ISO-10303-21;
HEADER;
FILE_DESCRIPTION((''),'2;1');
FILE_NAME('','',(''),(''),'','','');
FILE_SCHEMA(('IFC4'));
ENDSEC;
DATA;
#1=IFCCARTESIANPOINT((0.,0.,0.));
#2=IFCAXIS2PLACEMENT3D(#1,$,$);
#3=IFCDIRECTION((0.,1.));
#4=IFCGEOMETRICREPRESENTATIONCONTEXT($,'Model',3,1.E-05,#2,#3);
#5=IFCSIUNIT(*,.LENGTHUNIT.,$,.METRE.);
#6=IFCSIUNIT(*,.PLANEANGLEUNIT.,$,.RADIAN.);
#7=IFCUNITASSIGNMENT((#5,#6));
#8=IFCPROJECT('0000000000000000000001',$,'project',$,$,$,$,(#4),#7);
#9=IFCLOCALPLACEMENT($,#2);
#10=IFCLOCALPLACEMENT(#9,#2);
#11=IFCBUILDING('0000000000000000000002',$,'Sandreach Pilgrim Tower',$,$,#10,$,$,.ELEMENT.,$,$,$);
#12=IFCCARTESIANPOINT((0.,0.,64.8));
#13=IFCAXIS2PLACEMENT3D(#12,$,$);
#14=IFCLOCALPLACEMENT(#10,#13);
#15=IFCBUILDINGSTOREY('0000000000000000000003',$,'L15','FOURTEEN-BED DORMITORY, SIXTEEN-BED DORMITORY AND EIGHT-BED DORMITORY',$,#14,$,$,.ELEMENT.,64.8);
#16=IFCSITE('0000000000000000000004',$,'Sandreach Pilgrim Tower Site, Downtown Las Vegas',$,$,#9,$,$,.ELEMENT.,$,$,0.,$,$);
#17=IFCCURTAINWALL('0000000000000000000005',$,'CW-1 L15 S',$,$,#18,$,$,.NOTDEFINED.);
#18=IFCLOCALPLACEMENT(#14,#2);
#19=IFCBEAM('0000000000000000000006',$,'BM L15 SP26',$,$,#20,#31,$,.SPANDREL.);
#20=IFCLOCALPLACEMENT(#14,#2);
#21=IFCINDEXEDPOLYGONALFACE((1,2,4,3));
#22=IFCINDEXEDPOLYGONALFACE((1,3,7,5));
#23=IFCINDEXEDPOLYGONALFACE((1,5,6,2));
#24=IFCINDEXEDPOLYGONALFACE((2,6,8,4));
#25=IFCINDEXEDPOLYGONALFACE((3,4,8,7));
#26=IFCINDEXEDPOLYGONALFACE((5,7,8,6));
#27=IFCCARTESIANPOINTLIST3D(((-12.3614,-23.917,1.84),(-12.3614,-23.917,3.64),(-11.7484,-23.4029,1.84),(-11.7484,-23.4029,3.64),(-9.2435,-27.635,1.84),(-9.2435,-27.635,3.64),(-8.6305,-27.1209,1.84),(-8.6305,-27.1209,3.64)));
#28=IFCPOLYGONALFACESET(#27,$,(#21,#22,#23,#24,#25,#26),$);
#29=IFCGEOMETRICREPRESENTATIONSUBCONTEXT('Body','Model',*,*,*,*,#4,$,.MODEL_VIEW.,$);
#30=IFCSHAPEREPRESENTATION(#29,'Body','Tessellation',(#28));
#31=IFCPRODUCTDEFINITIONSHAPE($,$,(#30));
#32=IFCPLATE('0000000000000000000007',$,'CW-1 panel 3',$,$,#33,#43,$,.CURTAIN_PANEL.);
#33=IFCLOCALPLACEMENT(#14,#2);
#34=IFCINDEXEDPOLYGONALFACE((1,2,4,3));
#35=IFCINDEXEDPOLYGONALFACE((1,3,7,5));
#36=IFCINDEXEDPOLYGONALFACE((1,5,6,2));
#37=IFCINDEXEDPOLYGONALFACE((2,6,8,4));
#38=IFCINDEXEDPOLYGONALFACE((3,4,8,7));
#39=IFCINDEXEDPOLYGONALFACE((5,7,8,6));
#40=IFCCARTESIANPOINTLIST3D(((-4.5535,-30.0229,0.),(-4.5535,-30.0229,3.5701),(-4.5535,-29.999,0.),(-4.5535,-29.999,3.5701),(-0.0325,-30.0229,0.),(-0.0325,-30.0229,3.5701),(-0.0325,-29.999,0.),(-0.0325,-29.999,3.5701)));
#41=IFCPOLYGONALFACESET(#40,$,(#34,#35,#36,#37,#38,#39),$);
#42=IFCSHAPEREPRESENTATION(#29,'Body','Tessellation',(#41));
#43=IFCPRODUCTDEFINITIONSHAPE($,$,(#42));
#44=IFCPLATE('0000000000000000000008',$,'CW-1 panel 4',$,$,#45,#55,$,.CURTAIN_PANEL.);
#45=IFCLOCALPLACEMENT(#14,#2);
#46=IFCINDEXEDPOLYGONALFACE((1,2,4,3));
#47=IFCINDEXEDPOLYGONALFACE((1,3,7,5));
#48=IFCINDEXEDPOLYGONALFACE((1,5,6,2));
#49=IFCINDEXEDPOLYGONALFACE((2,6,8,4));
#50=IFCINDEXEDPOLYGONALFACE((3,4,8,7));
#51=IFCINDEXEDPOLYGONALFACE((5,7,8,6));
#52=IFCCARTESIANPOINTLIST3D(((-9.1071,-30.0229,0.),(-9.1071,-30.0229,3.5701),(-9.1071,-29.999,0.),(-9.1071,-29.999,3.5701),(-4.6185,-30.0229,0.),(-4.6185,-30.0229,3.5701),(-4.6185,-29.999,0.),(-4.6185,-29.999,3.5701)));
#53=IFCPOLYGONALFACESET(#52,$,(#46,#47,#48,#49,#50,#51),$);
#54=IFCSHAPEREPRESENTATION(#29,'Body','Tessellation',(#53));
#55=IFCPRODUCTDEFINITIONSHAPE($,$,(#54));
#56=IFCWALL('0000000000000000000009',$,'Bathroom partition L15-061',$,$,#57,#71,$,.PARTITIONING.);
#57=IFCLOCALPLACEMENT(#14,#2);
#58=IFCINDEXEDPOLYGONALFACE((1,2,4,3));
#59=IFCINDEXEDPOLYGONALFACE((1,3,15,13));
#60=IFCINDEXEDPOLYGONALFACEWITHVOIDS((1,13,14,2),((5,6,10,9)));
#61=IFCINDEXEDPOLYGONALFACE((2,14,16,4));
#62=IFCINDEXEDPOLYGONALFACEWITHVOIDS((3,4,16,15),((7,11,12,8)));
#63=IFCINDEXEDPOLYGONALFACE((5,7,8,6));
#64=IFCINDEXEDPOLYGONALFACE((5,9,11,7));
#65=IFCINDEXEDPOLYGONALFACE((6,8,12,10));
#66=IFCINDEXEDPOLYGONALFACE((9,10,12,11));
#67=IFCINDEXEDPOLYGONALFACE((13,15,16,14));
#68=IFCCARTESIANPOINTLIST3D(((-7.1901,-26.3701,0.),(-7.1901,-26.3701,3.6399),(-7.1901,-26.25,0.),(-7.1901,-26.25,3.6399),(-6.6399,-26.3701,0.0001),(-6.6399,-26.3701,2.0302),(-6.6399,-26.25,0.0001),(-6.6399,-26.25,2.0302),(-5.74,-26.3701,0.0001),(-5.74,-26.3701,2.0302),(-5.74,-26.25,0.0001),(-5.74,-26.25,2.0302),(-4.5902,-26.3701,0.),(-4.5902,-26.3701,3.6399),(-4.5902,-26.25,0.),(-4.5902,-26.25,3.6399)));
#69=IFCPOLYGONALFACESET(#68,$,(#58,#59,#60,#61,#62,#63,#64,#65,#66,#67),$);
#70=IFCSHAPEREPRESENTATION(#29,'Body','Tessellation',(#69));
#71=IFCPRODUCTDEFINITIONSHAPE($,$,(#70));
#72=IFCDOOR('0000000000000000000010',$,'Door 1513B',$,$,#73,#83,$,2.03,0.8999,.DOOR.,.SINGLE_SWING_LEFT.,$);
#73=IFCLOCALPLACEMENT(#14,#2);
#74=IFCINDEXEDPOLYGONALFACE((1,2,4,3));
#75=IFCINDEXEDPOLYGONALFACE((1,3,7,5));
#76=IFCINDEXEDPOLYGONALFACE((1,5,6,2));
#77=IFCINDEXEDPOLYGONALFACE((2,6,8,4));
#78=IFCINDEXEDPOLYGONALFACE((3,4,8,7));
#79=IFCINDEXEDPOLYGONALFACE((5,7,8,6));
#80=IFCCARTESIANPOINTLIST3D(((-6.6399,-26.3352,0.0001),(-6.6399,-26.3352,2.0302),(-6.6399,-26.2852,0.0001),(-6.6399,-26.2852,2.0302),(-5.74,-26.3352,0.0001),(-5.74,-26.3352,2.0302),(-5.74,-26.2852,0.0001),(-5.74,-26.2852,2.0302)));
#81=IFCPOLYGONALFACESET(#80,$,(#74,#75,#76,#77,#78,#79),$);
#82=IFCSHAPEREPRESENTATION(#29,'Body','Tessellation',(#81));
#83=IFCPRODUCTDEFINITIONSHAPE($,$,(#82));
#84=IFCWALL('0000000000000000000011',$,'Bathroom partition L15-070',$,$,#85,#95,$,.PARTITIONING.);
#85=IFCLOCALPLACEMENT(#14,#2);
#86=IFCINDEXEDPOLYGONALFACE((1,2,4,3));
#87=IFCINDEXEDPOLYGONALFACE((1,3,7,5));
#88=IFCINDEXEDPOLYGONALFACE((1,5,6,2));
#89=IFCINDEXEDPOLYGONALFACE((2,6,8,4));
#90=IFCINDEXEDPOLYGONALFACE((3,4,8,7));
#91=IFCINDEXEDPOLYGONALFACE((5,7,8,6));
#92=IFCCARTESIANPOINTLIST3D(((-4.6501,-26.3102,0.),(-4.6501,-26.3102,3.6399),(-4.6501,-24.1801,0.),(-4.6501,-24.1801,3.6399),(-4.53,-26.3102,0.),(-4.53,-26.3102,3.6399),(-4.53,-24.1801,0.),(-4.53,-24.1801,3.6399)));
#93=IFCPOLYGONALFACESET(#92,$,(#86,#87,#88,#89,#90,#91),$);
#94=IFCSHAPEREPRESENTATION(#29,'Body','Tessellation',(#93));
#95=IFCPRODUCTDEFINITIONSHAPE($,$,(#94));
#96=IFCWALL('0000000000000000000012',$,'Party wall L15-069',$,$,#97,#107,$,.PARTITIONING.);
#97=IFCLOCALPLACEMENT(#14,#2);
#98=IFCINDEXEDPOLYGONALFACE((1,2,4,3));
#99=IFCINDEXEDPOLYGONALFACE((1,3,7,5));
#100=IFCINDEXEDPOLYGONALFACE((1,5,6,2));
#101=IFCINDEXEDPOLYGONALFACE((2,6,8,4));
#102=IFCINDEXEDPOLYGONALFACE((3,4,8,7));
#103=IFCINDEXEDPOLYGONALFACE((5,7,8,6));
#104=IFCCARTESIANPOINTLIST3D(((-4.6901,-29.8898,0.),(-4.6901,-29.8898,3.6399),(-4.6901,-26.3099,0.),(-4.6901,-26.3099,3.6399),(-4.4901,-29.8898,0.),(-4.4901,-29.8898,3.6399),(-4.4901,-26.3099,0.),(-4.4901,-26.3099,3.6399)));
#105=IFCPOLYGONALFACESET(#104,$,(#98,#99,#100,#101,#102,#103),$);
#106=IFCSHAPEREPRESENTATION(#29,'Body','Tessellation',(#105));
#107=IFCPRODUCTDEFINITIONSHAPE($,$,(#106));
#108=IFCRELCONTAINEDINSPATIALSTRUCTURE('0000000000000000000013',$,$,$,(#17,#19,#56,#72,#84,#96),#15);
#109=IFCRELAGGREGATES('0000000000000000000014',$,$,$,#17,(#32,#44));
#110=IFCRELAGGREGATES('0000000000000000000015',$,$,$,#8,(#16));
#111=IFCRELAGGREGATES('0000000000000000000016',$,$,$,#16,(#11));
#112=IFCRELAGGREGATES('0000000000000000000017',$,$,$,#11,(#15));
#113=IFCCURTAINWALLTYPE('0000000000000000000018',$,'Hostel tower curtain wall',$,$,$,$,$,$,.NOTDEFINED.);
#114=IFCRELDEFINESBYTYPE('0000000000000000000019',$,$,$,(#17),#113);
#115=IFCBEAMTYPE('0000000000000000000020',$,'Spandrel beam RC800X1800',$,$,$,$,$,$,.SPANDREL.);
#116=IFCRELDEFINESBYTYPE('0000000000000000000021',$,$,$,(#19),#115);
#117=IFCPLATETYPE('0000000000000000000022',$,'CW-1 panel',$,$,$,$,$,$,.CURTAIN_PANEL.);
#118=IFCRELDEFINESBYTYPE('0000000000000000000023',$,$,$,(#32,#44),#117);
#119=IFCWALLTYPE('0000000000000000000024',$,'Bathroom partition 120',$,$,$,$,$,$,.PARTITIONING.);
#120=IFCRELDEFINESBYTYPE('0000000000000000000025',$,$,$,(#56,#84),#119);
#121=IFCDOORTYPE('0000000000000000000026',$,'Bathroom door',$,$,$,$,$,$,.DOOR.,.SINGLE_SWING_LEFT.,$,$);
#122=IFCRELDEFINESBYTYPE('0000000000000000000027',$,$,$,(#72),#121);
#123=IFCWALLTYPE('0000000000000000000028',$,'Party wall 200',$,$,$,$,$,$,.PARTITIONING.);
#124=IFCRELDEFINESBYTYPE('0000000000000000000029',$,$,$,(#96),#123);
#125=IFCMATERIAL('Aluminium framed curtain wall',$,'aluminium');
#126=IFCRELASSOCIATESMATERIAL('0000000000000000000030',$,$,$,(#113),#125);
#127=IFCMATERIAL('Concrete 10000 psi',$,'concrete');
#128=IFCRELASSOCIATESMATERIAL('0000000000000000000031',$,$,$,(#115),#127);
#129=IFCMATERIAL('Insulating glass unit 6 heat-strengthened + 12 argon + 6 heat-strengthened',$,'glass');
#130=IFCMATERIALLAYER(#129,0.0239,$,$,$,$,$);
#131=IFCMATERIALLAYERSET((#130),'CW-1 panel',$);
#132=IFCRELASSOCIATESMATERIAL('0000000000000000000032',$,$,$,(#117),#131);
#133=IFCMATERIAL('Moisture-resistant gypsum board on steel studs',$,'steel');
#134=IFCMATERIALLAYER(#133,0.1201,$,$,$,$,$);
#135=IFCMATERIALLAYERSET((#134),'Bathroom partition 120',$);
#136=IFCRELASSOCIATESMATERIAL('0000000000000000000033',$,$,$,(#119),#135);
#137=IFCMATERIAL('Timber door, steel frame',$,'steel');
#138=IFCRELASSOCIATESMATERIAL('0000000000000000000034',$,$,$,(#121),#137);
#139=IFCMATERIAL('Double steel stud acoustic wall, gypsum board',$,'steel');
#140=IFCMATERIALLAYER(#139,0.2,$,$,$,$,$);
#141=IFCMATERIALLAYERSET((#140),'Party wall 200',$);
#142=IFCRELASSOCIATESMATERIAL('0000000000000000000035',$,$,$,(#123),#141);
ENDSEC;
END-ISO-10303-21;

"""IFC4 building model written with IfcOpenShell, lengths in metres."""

from ifc_helpers import new_model, si_unit, direction, frame, frame_2d, origin, origin_2d, place, context, subcontext, project, spatial, rectangle, extrude, material, layer, layer_set, material_profile, profile_set, type_object, element, fill, aggregate, save


model = new_model("IFC4")

# Units and contexts
model_context = context("Model", 3, precision=1e-05, world=origin(), true_north=direction((0.0, 1.0)))
body_context = subcontext(model_context, "Body", "Model", "MODEL_VIEW")
ifc_project = project(units=[si_unit("LENGTHUNIT", "METRE"), si_unit("PLANEANGLEUNIT", "RADIAN")], contexts=[model_context])

# Site, building, storey
site_placement = place(None, origin())
site = spatial("IfcSite", under=ifc_project, at=site_placement, Name="Sandreach Pilgrim Tower Site, Downtown Las Vegas", CompositionType="ELEMENT", RefElevation=0.0)
building_placement = place(site_placement, origin())
building = spatial("IfcBuilding", under=site, at=building_placement, Name="Sandreach Pilgrim Tower", CompositionType="ELEMENT")
storey_placement = place(building_placement, frame((0.0, 0.0, 64.8)))
storey = spatial("IfcBuildingStorey", under=building, at=storey_placement, Name="L15", Description="FOURTEEN-BED DORMITORY, SIXTEEN-BED DORMITORY AND EIGHT-BED DORMITORY", CompositionType="ELEMENT", Elevation=64.8)

# Curtain wall
ifc_material_1 = material(Name="Aluminium framed curtain wall", Category="aluminium")
curtain_wall_type = type_object("IfcCurtainWallType", Name="Hostel tower curtain wall", PredefinedType="NOTDEFINED", material=ifc_material_1)
curtain_wall_placement = place(storey_placement, origin())
curtain_wall = element("IfcCurtainWall", 1, at=curtain_wall_placement, inside=storey, type_object=curtain_wall_type, Name="CW-1 L15 S", PredefinedType="NOTDEFINED")

# Beam
ifc_material_2 = material(Name="Concrete 10000 psi", Category="concrete")
ifc_material_profile_1 = material_profile(ifc_material_2, rectangle(XDim=0.8, YDim=1.8, at=origin_2d()), Name="RC800X1800")
ifc_profile_set_1 = profile_set([ifc_material_profile_1], Name="Concrete 10000 psi")
beam_type_1 = type_object("IfcBeamType", Name="Spandrel beam RC800X1800", PredefinedType="SPANDREL", material=ifc_profile_set_1)
beam_1_placement = place(storey_placement, frame((-8.937, -27.3779, 2.74), z_axis=(-0.642562, 0.766234, 0.0), x_axis=(-0.766234, -0.642562, 0.0)))
element("IfcBeam", 2, at=beam_1_placement, inside=storey, type_object=beam_type_1, Name="BM L15 SP26", PredefinedType="SPANDREL", context=body_context, shape_type="SweptSolid", body=[
    extrude(rectangle(XDim=0.8, YDim=1.8, at=origin_2d()), origin(), (0.0, 0.0, 1.0), 4.8523),
])

# Plates
ifc_material_3 = material(Name="Insulating glass unit 6 heat-strengthened + 12 argon + 6 heat-strengthened", Category="glass")
ifc_layer_1 = layer(ifc_material_3, 0.0239)
ifc_layer_set_1 = layer_set([ifc_layer_1], Name="CW-1 panel")
plate_type = type_object("IfcPlateType", Name="CW-1 panel", PredefinedType="CURTAIN_PANEL", material=ifc_layer_set_1)
plate_1_placement = place(storey_placement, frame((-2.293, -30.011, 0.0), z_axis=(0.0, 0.0, 1.0), x_axis=(-1.0, 0.0, 0.0)))
plate_1 = element("IfcPlate", 3, at=plate_1_placement, type_object=plate_type, Name="CW-1 panel 3", PredefinedType="CURTAIN_PANEL", context=body_context, shape_type="SweptSolid", body=[
    extrude(rectangle(XDim=4.521, YDim=0.0239, at=origin_2d()), origin(), (0.0, 0.0, 1.0), 3.5701),
])
plate_2_placement = place(storey_placement, frame((-6.8628, -30.011, 0.0), z_axis=(0.0, 0.0, 1.0), x_axis=(-1.0, 0.0, 0.0)))
plate_2 = element("IfcPlate", 4, at=plate_2_placement, type_object=plate_type, Name="CW-1 panel 4", PredefinedType="CURTAIN_PANEL", context=body_context, shape_type="SweptSolid", body=[
    extrude(rectangle(XDim=4.4885, YDim=0.0239, at=origin_2d()), origin(), (0.0, 0.0, 1.0), 3.5701),
])
aggregate(curtain_wall, [plate_1, plate_2])

# Wall, opening, door
ifc_material_4 = material(Name="Moisture-resistant gypsum board on steel studs", Category="steel")
ifc_layer_2 = layer(ifc_material_4, 0.1201)
ifc_layer_set_2 = layer_set([ifc_layer_2], Name="Bathroom partition 120")
wall_type_1 = type_object("IfcWallType", Name="Bathroom partition 120", PredefinedType="PARTITIONING", material=ifc_layer_set_2)
wall_1_placement = place(storey_placement, frame((-7.1899, -26.3101, 0.0), z_axis=(0.0, 0.0, 1.0), x_axis=(1.0, 0.0, 0.0)))
wall_1 = element("IfcWall", 5, at=wall_1_placement, inside=storey, type_object=wall_type_1, Name="Bathroom partition L15-061", PredefinedType="PARTITIONING", context=body_context, shape_type="SweptSolid", body=[
    extrude(rectangle(XDim=2.5999, YDim=0.1201, at=frame_2d((1.2998, 0.0))), origin(), (0.0, 0.0, 1.0), 3.6399),
])
opening_placement = place(wall_1_placement, frame((0.55, 0.0, 0.0)))
opening = element("IfcOpeningElement", 6, at=opening_placement, cuts=wall_1, PredefinedType="OPENING", context=body_context, shape_type="SweptSolid", body=[
    extrude(rectangle(XDim=0.8999, YDim=2.03, at=frame_2d((0.45, 1.0151))), frame((0.0, 0.0601, 0.0), z_axis=(0.0, -1.0, 0.0), x_axis=(1.0, 0.0, 0.0)), (0.0, 0.0, 1.0), 0.1201),
])
ifc_material_5 = material(Name="Timber door, steel frame", Category="steel")
door_type = type_object("IfcDoorType", Name="Bathroom door", OperationType="SINGLE_SWING_LEFT", PredefinedType="DOOR", material=ifc_material_5)
door_placement = place(opening_placement, origin())
door = element("IfcDoor", 7, at=door_placement, inside=storey, type_object=door_type, Name="Door 1513B", OperationType="SINGLE_SWING_LEFT", OverallHeight=2.03, OverallWidth=0.8999, PredefinedType="DOOR", context=body_context, shape_type="SweptSolid", body=[
    extrude(rectangle(XDim=0.8999, YDim=2.03, at=frame_2d((0.45, 1.0151))), frame((0.0, 0.0249, 0.0), z_axis=(0.0, -1.0, 0.0), x_axis=(1.0, 0.0, 0.0)), (0.0, 0.0, 1.0), 0.05),
])
fill(opening, door)

# Walls
wall_2_placement = place(storey_placement, frame((-4.5901, -26.3101, 0.0), z_axis=(0.0, 0.0, 1.0), x_axis=(0.0, 1.0, 0.0)))
element("IfcWall", 8, at=wall_2_placement, inside=storey, type_object=wall_type_1, Name="Bathroom partition L15-070", PredefinedType="PARTITIONING", context=body_context, shape_type="SweptSolid", body=[
    extrude(rectangle(XDim=2.1301, YDim=0.1201, at=frame_2d((1.0649, 0.0))), origin(), (0.0, 0.0, 1.0), 3.6399),
])
ifc_material_6 = material(Name="Double steel stud acoustic wall, gypsum board", Category="steel")
ifc_layer_3 = layer(ifc_material_6, 0.2)
ifc_layer_set_3 = layer_set([ifc_layer_3], Name="Party wall 200")
wall_type_2 = type_object("IfcWallType", Name="Party wall 200", PredefinedType="PARTITIONING", material=ifc_layer_set_3)
wall_3_placement = place(storey_placement, frame((-4.5901, -29.8899, 0.0), z_axis=(0.0, 0.0, 1.0), x_axis=(0.0, 1.0, 0.0)))
element("IfcWall", 9, at=wall_3_placement, inside=storey, type_object=wall_type_2, Name="Party wall L15-069", PredefinedType="PARTITIONING", context=body_context, shape_type="SweptSolid", body=[
    extrude(rectangle(XDim=3.5798, YDim=0.2, at=frame_2d((1.79, 0.0))), origin(), (0.0, 0.0, 1.0), 3.6399),
])

save(model, "model.ifc")
